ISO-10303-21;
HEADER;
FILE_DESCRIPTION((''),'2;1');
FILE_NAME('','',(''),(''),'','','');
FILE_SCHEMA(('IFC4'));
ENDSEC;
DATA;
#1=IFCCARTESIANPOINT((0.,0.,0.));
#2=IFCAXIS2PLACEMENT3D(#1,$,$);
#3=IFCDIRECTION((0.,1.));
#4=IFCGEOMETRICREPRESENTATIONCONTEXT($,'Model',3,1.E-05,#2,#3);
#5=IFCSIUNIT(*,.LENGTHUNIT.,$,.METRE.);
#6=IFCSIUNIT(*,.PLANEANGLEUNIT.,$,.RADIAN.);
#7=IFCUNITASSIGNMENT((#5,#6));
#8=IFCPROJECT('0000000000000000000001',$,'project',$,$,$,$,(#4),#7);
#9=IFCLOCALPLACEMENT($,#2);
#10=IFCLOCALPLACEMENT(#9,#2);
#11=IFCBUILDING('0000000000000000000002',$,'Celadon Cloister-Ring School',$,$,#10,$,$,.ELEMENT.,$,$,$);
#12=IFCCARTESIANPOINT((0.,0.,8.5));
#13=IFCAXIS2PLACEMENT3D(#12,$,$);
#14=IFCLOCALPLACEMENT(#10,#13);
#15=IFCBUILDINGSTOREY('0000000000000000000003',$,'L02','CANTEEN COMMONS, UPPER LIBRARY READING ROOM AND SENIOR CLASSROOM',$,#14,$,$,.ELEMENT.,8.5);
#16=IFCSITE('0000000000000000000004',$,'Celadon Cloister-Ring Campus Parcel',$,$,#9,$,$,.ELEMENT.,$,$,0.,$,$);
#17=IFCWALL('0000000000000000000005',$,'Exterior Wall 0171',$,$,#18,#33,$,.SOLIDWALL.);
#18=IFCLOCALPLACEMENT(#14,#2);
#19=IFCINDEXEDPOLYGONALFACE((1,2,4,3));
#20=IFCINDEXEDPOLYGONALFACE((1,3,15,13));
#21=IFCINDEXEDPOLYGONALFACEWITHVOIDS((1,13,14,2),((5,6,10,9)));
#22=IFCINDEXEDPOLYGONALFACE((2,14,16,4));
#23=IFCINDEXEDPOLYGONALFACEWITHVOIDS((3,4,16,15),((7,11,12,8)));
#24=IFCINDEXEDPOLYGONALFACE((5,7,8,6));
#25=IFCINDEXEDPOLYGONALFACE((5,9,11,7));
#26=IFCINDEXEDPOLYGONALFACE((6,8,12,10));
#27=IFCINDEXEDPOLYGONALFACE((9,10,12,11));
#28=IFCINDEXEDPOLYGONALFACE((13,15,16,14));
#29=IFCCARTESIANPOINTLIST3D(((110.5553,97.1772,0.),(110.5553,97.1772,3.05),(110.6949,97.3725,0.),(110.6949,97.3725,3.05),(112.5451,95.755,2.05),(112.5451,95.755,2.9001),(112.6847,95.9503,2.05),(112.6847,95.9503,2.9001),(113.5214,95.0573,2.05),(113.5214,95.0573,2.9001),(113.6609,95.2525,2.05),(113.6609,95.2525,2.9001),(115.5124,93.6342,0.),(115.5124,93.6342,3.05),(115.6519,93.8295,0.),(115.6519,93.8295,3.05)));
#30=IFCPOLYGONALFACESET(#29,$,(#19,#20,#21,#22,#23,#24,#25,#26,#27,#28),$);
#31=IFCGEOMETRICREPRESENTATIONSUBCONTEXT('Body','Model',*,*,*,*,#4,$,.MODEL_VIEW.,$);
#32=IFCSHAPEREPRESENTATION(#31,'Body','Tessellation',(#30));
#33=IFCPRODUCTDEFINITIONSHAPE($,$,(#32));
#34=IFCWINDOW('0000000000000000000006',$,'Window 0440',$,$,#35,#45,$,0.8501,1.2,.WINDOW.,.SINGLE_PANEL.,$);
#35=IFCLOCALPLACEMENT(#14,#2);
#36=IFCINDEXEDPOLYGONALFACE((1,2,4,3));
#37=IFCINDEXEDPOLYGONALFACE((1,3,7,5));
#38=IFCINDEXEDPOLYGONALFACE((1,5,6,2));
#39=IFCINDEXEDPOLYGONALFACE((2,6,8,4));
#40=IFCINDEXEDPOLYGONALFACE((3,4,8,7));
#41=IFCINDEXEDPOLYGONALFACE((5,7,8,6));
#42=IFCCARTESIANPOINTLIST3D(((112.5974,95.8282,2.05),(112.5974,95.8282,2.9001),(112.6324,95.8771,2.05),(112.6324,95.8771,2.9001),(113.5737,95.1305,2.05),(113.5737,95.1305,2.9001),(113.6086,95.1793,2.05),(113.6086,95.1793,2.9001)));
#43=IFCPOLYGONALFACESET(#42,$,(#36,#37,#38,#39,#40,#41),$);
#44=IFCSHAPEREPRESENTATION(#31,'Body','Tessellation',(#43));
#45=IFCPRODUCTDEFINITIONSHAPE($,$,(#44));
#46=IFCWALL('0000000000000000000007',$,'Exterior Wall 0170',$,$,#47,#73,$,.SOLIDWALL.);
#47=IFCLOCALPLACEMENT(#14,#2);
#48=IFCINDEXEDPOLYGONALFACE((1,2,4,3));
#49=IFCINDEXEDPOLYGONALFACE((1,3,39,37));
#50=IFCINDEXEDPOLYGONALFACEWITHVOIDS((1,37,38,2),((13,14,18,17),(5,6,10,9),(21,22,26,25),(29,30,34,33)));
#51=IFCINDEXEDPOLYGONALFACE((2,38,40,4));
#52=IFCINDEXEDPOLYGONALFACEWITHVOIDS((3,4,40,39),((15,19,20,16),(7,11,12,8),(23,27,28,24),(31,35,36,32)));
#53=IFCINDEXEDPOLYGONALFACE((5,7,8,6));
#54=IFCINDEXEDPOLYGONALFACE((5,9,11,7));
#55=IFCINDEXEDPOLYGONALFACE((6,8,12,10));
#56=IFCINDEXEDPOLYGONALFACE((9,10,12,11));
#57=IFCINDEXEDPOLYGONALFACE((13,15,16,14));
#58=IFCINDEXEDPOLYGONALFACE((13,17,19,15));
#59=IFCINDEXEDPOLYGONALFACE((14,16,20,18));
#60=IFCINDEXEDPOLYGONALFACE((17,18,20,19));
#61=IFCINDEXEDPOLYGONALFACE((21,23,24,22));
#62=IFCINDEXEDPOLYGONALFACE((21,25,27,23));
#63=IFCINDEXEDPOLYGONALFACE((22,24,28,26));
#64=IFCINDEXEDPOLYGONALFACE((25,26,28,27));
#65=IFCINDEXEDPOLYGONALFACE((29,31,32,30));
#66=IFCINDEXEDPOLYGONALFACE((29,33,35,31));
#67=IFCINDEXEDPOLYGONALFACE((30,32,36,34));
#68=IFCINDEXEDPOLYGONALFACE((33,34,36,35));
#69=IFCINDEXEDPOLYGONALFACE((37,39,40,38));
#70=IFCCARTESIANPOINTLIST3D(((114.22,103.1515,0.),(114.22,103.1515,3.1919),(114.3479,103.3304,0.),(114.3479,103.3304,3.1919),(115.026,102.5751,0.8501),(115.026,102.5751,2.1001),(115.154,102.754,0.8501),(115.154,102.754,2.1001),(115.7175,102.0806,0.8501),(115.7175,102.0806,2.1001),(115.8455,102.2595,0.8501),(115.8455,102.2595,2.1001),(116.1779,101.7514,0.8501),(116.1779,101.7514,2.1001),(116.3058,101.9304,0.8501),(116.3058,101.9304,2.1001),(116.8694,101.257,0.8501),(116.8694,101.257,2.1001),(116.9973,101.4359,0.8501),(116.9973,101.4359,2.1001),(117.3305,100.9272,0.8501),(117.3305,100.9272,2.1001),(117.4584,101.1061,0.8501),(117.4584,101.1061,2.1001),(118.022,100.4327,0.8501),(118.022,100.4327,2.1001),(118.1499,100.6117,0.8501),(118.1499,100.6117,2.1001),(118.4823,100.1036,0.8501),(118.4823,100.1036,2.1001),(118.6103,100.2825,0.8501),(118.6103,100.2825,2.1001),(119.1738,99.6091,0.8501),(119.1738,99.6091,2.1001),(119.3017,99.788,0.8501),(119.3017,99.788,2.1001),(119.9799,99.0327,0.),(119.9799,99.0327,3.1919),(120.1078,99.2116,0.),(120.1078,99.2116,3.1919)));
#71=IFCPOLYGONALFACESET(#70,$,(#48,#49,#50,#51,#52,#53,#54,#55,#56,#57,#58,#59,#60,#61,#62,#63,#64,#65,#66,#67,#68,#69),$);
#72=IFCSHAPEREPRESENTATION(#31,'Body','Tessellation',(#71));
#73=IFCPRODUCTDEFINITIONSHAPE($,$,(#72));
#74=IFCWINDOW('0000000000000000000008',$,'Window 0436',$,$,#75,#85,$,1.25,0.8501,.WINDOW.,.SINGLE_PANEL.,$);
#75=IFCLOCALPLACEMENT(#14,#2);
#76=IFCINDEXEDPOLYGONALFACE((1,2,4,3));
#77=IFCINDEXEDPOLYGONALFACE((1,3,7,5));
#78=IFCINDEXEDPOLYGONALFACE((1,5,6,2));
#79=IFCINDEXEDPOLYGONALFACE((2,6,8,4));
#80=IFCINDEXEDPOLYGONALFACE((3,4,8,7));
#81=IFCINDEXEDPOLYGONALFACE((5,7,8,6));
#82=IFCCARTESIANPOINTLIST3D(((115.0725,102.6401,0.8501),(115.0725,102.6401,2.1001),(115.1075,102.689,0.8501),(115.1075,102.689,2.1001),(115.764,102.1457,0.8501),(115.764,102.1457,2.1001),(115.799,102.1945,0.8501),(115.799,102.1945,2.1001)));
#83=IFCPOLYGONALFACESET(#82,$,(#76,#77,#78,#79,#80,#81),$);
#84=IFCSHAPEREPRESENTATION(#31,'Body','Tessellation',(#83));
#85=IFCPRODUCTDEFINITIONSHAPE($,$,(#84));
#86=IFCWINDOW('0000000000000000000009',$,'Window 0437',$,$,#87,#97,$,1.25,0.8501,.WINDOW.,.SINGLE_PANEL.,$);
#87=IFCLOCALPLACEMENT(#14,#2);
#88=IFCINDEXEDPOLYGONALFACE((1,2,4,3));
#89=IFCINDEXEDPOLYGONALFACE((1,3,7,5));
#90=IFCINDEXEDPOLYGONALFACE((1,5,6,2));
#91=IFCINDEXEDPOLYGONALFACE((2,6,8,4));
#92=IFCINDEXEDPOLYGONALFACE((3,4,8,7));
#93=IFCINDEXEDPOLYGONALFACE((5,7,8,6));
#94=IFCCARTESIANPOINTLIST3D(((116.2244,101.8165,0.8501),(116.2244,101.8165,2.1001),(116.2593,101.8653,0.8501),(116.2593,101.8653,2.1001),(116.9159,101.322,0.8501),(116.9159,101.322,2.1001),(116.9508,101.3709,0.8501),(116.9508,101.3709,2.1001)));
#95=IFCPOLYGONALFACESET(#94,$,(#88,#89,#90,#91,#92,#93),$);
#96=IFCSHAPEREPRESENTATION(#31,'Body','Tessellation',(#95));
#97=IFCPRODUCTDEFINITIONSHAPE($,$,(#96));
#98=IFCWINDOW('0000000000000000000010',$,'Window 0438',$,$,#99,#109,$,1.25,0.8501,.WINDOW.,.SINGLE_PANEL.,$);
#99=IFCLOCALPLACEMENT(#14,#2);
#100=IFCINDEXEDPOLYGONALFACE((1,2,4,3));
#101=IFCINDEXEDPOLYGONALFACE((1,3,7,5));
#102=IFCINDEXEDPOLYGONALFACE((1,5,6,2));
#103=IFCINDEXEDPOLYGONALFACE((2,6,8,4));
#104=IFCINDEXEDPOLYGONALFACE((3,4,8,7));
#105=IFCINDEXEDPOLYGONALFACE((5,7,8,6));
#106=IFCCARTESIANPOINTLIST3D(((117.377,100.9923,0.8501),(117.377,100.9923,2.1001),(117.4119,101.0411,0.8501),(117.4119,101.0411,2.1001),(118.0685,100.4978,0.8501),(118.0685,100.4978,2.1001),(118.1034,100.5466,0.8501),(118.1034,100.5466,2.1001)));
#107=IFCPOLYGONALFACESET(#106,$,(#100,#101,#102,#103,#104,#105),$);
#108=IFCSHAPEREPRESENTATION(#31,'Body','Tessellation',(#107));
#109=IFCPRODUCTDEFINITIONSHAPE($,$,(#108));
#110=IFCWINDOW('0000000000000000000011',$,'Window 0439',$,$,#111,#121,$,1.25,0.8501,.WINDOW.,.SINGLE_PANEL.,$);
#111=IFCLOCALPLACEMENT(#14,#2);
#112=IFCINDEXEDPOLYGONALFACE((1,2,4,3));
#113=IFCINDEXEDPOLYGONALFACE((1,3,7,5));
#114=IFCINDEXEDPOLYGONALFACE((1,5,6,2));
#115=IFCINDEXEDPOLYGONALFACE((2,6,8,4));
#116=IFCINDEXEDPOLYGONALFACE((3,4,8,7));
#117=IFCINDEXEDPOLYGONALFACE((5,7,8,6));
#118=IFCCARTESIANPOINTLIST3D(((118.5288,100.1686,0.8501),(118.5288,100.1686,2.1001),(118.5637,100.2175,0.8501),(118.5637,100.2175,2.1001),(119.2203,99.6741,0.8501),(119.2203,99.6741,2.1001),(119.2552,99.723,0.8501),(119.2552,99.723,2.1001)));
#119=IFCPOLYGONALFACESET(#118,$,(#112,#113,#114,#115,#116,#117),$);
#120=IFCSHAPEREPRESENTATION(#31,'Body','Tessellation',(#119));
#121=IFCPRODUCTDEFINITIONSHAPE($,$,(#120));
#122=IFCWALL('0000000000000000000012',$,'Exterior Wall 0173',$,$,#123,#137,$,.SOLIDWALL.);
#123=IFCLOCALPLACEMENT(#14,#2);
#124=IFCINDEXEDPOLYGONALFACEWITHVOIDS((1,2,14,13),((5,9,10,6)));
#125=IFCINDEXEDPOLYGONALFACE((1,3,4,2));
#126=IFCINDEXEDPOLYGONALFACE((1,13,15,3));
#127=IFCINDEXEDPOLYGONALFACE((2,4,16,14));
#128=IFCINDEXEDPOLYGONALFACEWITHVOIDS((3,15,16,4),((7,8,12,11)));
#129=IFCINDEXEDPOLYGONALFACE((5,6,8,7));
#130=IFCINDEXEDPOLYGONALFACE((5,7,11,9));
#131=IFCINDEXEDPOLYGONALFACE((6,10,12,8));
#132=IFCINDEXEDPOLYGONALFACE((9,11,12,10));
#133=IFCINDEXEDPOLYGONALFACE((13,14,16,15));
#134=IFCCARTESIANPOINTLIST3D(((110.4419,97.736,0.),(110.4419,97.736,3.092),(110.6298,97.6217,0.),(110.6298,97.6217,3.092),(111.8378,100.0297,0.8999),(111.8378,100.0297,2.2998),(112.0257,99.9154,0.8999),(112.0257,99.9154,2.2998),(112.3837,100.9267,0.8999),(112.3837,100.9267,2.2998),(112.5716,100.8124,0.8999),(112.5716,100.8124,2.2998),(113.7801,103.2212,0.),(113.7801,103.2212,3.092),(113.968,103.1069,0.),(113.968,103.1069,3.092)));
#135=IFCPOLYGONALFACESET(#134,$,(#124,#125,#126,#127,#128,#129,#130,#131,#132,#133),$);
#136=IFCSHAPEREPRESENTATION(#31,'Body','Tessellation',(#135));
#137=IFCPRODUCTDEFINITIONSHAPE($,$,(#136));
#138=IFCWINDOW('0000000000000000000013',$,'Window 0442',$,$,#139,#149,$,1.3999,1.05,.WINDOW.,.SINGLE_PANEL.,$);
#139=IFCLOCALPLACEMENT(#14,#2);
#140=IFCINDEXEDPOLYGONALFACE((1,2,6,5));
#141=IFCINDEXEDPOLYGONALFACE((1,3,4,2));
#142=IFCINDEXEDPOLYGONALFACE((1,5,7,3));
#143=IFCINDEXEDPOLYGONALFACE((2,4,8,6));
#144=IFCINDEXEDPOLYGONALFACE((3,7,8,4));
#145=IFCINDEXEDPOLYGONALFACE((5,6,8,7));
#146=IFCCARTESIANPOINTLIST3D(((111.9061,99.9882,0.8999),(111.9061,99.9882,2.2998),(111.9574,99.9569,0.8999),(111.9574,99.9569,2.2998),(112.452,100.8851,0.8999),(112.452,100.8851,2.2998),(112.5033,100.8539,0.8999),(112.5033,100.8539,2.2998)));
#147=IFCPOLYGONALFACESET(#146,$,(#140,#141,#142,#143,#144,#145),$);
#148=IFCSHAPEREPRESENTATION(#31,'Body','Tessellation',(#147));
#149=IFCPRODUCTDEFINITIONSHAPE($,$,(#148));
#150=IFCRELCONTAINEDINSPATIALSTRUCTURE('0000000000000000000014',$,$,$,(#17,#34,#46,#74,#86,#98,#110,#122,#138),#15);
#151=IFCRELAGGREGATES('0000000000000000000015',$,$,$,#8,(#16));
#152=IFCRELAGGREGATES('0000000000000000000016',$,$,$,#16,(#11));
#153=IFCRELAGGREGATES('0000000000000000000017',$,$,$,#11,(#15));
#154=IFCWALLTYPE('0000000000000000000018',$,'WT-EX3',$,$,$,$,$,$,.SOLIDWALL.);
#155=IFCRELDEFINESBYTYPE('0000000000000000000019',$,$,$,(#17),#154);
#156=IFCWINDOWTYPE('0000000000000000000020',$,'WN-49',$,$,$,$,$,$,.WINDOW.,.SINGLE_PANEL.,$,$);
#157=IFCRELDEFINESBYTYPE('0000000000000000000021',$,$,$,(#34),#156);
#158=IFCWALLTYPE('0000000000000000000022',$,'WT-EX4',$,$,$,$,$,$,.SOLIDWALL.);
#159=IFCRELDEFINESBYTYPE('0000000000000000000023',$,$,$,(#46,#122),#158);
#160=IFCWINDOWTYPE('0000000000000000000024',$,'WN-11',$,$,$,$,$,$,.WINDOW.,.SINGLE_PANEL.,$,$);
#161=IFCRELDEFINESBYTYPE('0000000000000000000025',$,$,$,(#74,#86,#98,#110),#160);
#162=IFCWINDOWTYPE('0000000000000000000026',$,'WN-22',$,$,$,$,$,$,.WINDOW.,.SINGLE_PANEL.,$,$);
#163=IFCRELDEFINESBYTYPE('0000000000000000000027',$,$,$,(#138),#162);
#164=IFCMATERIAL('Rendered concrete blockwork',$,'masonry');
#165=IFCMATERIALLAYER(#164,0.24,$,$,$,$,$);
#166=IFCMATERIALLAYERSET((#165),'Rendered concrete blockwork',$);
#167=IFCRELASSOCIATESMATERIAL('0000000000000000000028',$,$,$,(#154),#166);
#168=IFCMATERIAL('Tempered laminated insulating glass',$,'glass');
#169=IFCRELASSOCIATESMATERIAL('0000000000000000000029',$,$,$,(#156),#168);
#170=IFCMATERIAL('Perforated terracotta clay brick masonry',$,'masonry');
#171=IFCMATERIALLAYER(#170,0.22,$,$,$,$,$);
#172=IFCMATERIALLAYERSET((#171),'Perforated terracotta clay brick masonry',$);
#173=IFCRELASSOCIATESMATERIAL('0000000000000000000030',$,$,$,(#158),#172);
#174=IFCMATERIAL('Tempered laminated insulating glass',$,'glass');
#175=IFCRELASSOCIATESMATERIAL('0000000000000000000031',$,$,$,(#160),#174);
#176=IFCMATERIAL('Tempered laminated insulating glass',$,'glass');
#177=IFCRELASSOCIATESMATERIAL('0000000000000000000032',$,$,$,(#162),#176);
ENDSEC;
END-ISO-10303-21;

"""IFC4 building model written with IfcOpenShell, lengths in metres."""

from ifc_helpers import new_model, si_unit, direction, frame, frame_2d, origin, place, context, subcontext, project, spatial, rectangle, extrude, material, layer, layer_set, type_object, element, fill, save


model = new_model("IFC4")

# Units and contexts
model_context = context("Model", 3, precision=1e-05, world=origin(), true_north=direction((0.0, 1.0)))
body_context = subcontext(model_context, "Body", "Model", "MODEL_VIEW")
ifc_project = project(units=[si_unit("LENGTHUNIT", "METRE"), si_unit("PLANEANGLEUNIT", "RADIAN")], contexts=[model_context])

# Site, building, storey
site_placement = place(None, origin())
site = spatial("IfcSite", under=ifc_project, at=site_placement, Name="Celadon Cloister-Ring Campus Parcel", CompositionType="ELEMENT", RefElevation=0.0)
building_placement = place(site_placement, origin())
building = spatial("IfcBuilding", under=site, at=building_placement, Name="Celadon Cloister-Ring School", CompositionType="ELEMENT")
storey_placement = place(building_placement, frame((0.0, 0.0, 8.5)))
storey = spatial("IfcBuildingStorey", under=building, at=storey_placement, Name="L02", Description="CANTEEN COMMONS, UPPER LIBRARY READING ROOM AND SENIOR CLASSROOM", CompositionType="ELEMENT", Elevation=8.5)

# Wall, opening, window
ifc_material_1 = material(Name="Rendered concrete blockwork", Category="masonry")
ifc_layer_1 = layer(ifc_material_1, 0.24)
ifc_layer_set_1 = layer_set([ifc_layer_1], Name="Rendered concrete blockwork")
wall_type_1 = type_object("IfcWallType", Name="WT-EX3", PredefinedType="SOLIDWALL", material=ifc_layer_set_1)
wall_1_placement = place(storey_placement, frame((115.582, 93.7319, 0.0), z_axis=(0.0, 0.0, 1.0), x_axis=(-0.81356, 0.581481, 0.0)))
wall_1 = element("IfcWall", 1, at=wall_1_placement, inside=storey, type_object=wall_type_1, Name="Exterior Wall 0171", PredefinedType="SOLIDWALL", context=body_context, shape_type="SweptSolid", body=[
    extrude(rectangle(XDim=6.093, YDim=0.24, at=frame_2d((3.0464, 0.0))), origin(), (0.0, 0.0, 1.0), 3.05),
])
opening_1_placement = place(wall_1_placement, frame((2.447, 0.0, 2.05)))
opening_1 = element("IfcOpeningElement", 2, at=opening_1_placement, cuts=wall_1, PredefinedType="OPENING", context=body_context, shape_type="SweptSolid", body=[
    extrude(rectangle(XDim=1.2, YDim=0.8501, at=frame_2d((0.6001, 0.425))), frame((0.0, 0.1299, 0.0), z_axis=(0.0, -1.0, 0.0), x_axis=(1.0, 0.0, 0.0)), (0.0, 0.0, 1.0), 0.26),
])
ifc_material_2 = material(Name="Tempered laminated insulating glass", Category="glass")
window_type_1 = type_object("IfcWindowType", Name="WN-49", PartitioningType="SINGLE_PANEL", PredefinedType="WINDOW", material=ifc_material_2)
window_1_placement = place(opening_1_placement, origin())
window_1 = element("IfcWindow", 3, at=window_1_placement, inside=storey, type_object=window_type_1, Name="Window 0440", OverallHeight=0.8501, OverallWidth=1.2, PartitioningType="SINGLE_PANEL", PredefinedType="WINDOW", context=body_context, shape_type="SweptSolid", body=[
    extrude(rectangle(XDim=1.2, YDim=0.8501, at=frame_2d((0.6001, 0.425))), frame((0.0, 0.03, 0.0), z_axis=(0.0, -1.0, 0.0), x_axis=(1.0, 0.0, 0.0)), (0.0, 0.0, 1.0), 0.0601),
])
fill(opening_1, window_1)

# Wall, openings, windows
ifc_material_3 = material(Name="Perforated terracotta clay brick masonry", Category="masonry")
ifc_layer_2 = layer(ifc_material_3, 0.22)
ifc_layer_set_2 = layer_set([ifc_layer_2], Name="Perforated terracotta clay brick masonry")
wall_type_2 = type_object("IfcWallType", Name="WT-EX4", PredefinedType="SOLIDWALL", material=ifc_layer_set_2)
wall_2_placement = place(storey_placement, frame((114.2839, 103.241, 0.0), z_axis=(0.0, 0.0, 1.0), x_axis=(0.813426, -0.581669, 0.0)))
wall_2 = element("IfcWall", 4, at=wall_2_placement, inside=storey, type_object=wall_type_2, Name="Exterior Wall 0170", PredefinedType="SOLIDWALL", context=body_context, shape_type="SweptSolid", body=[
    extrude(rectangle(XDim=7.0811, YDim=0.22, at=frame_2d((3.5405, 0.0))), origin(), (0.0, 0.0, 1.0), 3.1919),
])
opening_2_placement = place(wall_2_placement, frame((0.991, 0.0, 0.8501)))
opening_2 = element("IfcOpeningElement", 5, at=opening_2_placement, cuts=wall_2, PredefinedType="OPENING", context=body_context, shape_type="SweptSolid", body=[
    extrude(rectangle(XDim=0.8501, YDim=1.25, at=frame_2d((0.425, 0.625))), frame((0.0, 0.1201, 0.0), z_axis=(0.0, -1.0, 0.0), x_axis=(1.0, 0.0, 0.0)), (0.0, 0.0, 1.0), 0.24),
])
opening_3_placement = place(wall_2_placement, frame((2.407, 0.0, 0.8501)))
opening_3 = element("IfcOpeningElement", 6, at=opening_3_placement, cuts=wall_2, PredefinedType="OPENING", context=body_context, shape_type="SweptSolid", body=[
    extrude(rectangle(XDim=0.8501, YDim=1.25, at=frame_2d((0.425, 0.625))), frame((0.0, 0.1201, 0.0), z_axis=(0.0, -1.0, 0.0), x_axis=(1.0, 0.0, 0.0)), (0.0, 0.0, 1.0), 0.24),
])
opening_4_placement = place(wall_2_placement, frame((3.824, 0.0, 0.8501)))
opening_4 = element("IfcOpeningElement", 7, at=opening_4_placement, cuts=wall_2, PredefinedType="OPENING", context=body_context, shape_type="SweptSolid", body=[
    extrude(rectangle(XDim=0.8501, YDim=1.25, at=frame_2d((0.425, 0.625))), frame((0.0, 0.1201, 0.0), z_axis=(0.0, -1.0, 0.0), x_axis=(1.0, 0.0, 0.0)), (0.0, 0.0, 1.0), 0.24),
])
opening_5_placement = place(wall_2_placement, frame((5.24, 0.0, 0.8501)))
opening_5 = element("IfcOpeningElement", 8, at=opening_5_placement, cuts=wall_2, PredefinedType="OPENING", context=body_context, shape_type="SweptSolid", body=[
    extrude(rectangle(XDim=0.8501, YDim=1.25, at=frame_2d((0.425, 0.625))), frame((0.0, 0.1201, 0.0), z_axis=(0.0, -1.0, 0.0), x_axis=(1.0, 0.0, 0.0)), (0.0, 0.0, 1.0), 0.24),
])
ifc_material_4 = material(Name="Tempered laminated insulating glass", Category="glass")
window_type_2 = type_object("IfcWindowType", Name="WN-11", PartitioningType="SINGLE_PANEL", PredefinedType="WINDOW", material=ifc_material_4)
window_2_placement = place(opening_2_placement, origin())
window_2 = element("IfcWindow", 9, at=window_2_placement, inside=storey, type_object=window_type_2, Name="Window 0436", OverallHeight=1.25, OverallWidth=0.8501, PartitioningType="SINGLE_PANEL", PredefinedType="WINDOW", context=body_context, shape_type="SweptSolid", body=[
    extrude(rectangle(XDim=0.8501, YDim=1.25, at=frame_2d((0.425, 0.625))), frame((0.0, 0.03, 0.0), z_axis=(0.0, -1.0, 0.0), x_axis=(1.0, 0.0, 0.0)), (0.0, 0.0, 1.0), 0.0601),
])
fill(opening_2, window_2)
window_3_placement = place(opening_3_placement, origin())
window_3 = element("IfcWindow", 10, at=window_3_placement, inside=storey, type_object=window_type_2, Name="Window 0437", OverallHeight=1.25, OverallWidth=0.8501, PartitioningType="SINGLE_PANEL", PredefinedType="WINDOW", context=body_context, shape_type="SweptSolid", body=[
    extrude(rectangle(XDim=0.8501, YDim=1.25, at=frame_2d((0.425, 0.625))), frame((0.0, 0.03, 0.0), z_axis=(0.0, -1.0, 0.0), x_axis=(1.0, 0.0, 0.0)), (0.0, 0.0, 1.0), 0.0601),
])
fill(opening_3, window_3)
window_4_placement = place(opening_4_placement, origin())
window_4 = element("IfcWindow", 11, at=window_4_placement, inside=storey, type_object=window_type_2, Name="Window 0438", OverallHeight=1.25, OverallWidth=0.8501, PartitioningType="SINGLE_PANEL", PredefinedType="WINDOW", context=body_context, shape_type="SweptSolid", body=[
    extrude(rectangle(XDim=0.8501, YDim=1.25, at=frame_2d((0.425, 0.625))), frame((0.0, 0.03, 0.0), z_axis=(0.0, -1.0, 0.0), x_axis=(1.0, 0.0, 0.0)), (0.0, 0.0, 1.0), 0.0601),
])
fill(opening_4, window_4)
window_5_placement = place(opening_5_placement, origin())
window_5 = element("IfcWindow", 12, at=window_5_placement, inside=storey, type_object=window_type_2, Name="Window 0439", OverallHeight=1.25, OverallWidth=0.8501, PartitioningType="SINGLE_PANEL", PredefinedType="WINDOW", context=body_context, shape_type="SweptSolid", body=[
    extrude(rectangle(XDim=0.8501, YDim=1.25, at=frame_2d((0.425, 0.625))), frame((0.0, 0.03, 0.0), z_axis=(0.0, -1.0, 0.0), x_axis=(1.0, 0.0, 0.0)), (0.0, 0.0, 1.0), 0.0601),
])
fill(opening_5, window_5)

# Wall, opening, window
wall_3_placement = place(storey_placement, frame((110.5359, 97.679, 0.0), z_axis=(0.0, 0.0, 1.0), x_axis=(0.519876, 0.854242, 0.0)))
wall_3 = element("IfcWall", 13, at=wall_3_placement, inside=storey, type_object=wall_type_2, Name="Exterior Wall 0173", PredefinedType="SOLIDWALL", context=body_context, shape_type="SweptSolid", body=[
    extrude(rectangle(XDim=6.4211, YDim=0.22, at=frame_2d((3.2104, 0.0))), origin(), (0.0, 0.0, 1.0), 3.092),
])
opening_6_placement = place(wall_3_placement, frame((2.6851, 0.0, 0.8999)))
opening_6 = element("IfcOpeningElement", 14, at=opening_6_placement, cuts=wall_3, PredefinedType="OPENING", context=body_context, shape_type="SweptSolid", body=[
    extrude(rectangle(XDim=1.05, YDim=1.3999, at=frame_2d((0.5249, 0.7))), frame((0.0, 0.1201, 0.0), z_axis=(0.0, -1.0, 0.0), x_axis=(1.0, 0.0, 0.0)), (0.0, 0.0, 1.0), 0.24),
])
ifc_material_5 = material(Name="Tempered laminated insulating glass", Category="glass")
window_type_3 = type_object("IfcWindowType", Name="WN-22", PartitioningType="SINGLE_PANEL", PredefinedType="WINDOW", material=ifc_material_5)
window_6_placement = place(opening_6_placement, origin())
window_6 = element("IfcWindow", 15, at=window_6_placement, inside=storey, type_object=window_type_3, Name="Window 0442", OverallHeight=1.3999, OverallWidth=1.05, PartitioningType="SINGLE_PANEL", PredefinedType="WINDOW", context=body_context, shape_type="SweptSolid", body=[
    extrude(rectangle(XDim=1.05, YDim=1.3999, at=frame_2d((0.5249, 0.7))), frame((0.0, 0.03, 0.0), z_axis=(0.0, -1.0, 0.0), x_axis=(1.0, 0.0, 0.0)), (0.0, 0.0, 1.0), 0.0601),
])
fill(opening_6, window_6)

save(model, "model.ifc")
